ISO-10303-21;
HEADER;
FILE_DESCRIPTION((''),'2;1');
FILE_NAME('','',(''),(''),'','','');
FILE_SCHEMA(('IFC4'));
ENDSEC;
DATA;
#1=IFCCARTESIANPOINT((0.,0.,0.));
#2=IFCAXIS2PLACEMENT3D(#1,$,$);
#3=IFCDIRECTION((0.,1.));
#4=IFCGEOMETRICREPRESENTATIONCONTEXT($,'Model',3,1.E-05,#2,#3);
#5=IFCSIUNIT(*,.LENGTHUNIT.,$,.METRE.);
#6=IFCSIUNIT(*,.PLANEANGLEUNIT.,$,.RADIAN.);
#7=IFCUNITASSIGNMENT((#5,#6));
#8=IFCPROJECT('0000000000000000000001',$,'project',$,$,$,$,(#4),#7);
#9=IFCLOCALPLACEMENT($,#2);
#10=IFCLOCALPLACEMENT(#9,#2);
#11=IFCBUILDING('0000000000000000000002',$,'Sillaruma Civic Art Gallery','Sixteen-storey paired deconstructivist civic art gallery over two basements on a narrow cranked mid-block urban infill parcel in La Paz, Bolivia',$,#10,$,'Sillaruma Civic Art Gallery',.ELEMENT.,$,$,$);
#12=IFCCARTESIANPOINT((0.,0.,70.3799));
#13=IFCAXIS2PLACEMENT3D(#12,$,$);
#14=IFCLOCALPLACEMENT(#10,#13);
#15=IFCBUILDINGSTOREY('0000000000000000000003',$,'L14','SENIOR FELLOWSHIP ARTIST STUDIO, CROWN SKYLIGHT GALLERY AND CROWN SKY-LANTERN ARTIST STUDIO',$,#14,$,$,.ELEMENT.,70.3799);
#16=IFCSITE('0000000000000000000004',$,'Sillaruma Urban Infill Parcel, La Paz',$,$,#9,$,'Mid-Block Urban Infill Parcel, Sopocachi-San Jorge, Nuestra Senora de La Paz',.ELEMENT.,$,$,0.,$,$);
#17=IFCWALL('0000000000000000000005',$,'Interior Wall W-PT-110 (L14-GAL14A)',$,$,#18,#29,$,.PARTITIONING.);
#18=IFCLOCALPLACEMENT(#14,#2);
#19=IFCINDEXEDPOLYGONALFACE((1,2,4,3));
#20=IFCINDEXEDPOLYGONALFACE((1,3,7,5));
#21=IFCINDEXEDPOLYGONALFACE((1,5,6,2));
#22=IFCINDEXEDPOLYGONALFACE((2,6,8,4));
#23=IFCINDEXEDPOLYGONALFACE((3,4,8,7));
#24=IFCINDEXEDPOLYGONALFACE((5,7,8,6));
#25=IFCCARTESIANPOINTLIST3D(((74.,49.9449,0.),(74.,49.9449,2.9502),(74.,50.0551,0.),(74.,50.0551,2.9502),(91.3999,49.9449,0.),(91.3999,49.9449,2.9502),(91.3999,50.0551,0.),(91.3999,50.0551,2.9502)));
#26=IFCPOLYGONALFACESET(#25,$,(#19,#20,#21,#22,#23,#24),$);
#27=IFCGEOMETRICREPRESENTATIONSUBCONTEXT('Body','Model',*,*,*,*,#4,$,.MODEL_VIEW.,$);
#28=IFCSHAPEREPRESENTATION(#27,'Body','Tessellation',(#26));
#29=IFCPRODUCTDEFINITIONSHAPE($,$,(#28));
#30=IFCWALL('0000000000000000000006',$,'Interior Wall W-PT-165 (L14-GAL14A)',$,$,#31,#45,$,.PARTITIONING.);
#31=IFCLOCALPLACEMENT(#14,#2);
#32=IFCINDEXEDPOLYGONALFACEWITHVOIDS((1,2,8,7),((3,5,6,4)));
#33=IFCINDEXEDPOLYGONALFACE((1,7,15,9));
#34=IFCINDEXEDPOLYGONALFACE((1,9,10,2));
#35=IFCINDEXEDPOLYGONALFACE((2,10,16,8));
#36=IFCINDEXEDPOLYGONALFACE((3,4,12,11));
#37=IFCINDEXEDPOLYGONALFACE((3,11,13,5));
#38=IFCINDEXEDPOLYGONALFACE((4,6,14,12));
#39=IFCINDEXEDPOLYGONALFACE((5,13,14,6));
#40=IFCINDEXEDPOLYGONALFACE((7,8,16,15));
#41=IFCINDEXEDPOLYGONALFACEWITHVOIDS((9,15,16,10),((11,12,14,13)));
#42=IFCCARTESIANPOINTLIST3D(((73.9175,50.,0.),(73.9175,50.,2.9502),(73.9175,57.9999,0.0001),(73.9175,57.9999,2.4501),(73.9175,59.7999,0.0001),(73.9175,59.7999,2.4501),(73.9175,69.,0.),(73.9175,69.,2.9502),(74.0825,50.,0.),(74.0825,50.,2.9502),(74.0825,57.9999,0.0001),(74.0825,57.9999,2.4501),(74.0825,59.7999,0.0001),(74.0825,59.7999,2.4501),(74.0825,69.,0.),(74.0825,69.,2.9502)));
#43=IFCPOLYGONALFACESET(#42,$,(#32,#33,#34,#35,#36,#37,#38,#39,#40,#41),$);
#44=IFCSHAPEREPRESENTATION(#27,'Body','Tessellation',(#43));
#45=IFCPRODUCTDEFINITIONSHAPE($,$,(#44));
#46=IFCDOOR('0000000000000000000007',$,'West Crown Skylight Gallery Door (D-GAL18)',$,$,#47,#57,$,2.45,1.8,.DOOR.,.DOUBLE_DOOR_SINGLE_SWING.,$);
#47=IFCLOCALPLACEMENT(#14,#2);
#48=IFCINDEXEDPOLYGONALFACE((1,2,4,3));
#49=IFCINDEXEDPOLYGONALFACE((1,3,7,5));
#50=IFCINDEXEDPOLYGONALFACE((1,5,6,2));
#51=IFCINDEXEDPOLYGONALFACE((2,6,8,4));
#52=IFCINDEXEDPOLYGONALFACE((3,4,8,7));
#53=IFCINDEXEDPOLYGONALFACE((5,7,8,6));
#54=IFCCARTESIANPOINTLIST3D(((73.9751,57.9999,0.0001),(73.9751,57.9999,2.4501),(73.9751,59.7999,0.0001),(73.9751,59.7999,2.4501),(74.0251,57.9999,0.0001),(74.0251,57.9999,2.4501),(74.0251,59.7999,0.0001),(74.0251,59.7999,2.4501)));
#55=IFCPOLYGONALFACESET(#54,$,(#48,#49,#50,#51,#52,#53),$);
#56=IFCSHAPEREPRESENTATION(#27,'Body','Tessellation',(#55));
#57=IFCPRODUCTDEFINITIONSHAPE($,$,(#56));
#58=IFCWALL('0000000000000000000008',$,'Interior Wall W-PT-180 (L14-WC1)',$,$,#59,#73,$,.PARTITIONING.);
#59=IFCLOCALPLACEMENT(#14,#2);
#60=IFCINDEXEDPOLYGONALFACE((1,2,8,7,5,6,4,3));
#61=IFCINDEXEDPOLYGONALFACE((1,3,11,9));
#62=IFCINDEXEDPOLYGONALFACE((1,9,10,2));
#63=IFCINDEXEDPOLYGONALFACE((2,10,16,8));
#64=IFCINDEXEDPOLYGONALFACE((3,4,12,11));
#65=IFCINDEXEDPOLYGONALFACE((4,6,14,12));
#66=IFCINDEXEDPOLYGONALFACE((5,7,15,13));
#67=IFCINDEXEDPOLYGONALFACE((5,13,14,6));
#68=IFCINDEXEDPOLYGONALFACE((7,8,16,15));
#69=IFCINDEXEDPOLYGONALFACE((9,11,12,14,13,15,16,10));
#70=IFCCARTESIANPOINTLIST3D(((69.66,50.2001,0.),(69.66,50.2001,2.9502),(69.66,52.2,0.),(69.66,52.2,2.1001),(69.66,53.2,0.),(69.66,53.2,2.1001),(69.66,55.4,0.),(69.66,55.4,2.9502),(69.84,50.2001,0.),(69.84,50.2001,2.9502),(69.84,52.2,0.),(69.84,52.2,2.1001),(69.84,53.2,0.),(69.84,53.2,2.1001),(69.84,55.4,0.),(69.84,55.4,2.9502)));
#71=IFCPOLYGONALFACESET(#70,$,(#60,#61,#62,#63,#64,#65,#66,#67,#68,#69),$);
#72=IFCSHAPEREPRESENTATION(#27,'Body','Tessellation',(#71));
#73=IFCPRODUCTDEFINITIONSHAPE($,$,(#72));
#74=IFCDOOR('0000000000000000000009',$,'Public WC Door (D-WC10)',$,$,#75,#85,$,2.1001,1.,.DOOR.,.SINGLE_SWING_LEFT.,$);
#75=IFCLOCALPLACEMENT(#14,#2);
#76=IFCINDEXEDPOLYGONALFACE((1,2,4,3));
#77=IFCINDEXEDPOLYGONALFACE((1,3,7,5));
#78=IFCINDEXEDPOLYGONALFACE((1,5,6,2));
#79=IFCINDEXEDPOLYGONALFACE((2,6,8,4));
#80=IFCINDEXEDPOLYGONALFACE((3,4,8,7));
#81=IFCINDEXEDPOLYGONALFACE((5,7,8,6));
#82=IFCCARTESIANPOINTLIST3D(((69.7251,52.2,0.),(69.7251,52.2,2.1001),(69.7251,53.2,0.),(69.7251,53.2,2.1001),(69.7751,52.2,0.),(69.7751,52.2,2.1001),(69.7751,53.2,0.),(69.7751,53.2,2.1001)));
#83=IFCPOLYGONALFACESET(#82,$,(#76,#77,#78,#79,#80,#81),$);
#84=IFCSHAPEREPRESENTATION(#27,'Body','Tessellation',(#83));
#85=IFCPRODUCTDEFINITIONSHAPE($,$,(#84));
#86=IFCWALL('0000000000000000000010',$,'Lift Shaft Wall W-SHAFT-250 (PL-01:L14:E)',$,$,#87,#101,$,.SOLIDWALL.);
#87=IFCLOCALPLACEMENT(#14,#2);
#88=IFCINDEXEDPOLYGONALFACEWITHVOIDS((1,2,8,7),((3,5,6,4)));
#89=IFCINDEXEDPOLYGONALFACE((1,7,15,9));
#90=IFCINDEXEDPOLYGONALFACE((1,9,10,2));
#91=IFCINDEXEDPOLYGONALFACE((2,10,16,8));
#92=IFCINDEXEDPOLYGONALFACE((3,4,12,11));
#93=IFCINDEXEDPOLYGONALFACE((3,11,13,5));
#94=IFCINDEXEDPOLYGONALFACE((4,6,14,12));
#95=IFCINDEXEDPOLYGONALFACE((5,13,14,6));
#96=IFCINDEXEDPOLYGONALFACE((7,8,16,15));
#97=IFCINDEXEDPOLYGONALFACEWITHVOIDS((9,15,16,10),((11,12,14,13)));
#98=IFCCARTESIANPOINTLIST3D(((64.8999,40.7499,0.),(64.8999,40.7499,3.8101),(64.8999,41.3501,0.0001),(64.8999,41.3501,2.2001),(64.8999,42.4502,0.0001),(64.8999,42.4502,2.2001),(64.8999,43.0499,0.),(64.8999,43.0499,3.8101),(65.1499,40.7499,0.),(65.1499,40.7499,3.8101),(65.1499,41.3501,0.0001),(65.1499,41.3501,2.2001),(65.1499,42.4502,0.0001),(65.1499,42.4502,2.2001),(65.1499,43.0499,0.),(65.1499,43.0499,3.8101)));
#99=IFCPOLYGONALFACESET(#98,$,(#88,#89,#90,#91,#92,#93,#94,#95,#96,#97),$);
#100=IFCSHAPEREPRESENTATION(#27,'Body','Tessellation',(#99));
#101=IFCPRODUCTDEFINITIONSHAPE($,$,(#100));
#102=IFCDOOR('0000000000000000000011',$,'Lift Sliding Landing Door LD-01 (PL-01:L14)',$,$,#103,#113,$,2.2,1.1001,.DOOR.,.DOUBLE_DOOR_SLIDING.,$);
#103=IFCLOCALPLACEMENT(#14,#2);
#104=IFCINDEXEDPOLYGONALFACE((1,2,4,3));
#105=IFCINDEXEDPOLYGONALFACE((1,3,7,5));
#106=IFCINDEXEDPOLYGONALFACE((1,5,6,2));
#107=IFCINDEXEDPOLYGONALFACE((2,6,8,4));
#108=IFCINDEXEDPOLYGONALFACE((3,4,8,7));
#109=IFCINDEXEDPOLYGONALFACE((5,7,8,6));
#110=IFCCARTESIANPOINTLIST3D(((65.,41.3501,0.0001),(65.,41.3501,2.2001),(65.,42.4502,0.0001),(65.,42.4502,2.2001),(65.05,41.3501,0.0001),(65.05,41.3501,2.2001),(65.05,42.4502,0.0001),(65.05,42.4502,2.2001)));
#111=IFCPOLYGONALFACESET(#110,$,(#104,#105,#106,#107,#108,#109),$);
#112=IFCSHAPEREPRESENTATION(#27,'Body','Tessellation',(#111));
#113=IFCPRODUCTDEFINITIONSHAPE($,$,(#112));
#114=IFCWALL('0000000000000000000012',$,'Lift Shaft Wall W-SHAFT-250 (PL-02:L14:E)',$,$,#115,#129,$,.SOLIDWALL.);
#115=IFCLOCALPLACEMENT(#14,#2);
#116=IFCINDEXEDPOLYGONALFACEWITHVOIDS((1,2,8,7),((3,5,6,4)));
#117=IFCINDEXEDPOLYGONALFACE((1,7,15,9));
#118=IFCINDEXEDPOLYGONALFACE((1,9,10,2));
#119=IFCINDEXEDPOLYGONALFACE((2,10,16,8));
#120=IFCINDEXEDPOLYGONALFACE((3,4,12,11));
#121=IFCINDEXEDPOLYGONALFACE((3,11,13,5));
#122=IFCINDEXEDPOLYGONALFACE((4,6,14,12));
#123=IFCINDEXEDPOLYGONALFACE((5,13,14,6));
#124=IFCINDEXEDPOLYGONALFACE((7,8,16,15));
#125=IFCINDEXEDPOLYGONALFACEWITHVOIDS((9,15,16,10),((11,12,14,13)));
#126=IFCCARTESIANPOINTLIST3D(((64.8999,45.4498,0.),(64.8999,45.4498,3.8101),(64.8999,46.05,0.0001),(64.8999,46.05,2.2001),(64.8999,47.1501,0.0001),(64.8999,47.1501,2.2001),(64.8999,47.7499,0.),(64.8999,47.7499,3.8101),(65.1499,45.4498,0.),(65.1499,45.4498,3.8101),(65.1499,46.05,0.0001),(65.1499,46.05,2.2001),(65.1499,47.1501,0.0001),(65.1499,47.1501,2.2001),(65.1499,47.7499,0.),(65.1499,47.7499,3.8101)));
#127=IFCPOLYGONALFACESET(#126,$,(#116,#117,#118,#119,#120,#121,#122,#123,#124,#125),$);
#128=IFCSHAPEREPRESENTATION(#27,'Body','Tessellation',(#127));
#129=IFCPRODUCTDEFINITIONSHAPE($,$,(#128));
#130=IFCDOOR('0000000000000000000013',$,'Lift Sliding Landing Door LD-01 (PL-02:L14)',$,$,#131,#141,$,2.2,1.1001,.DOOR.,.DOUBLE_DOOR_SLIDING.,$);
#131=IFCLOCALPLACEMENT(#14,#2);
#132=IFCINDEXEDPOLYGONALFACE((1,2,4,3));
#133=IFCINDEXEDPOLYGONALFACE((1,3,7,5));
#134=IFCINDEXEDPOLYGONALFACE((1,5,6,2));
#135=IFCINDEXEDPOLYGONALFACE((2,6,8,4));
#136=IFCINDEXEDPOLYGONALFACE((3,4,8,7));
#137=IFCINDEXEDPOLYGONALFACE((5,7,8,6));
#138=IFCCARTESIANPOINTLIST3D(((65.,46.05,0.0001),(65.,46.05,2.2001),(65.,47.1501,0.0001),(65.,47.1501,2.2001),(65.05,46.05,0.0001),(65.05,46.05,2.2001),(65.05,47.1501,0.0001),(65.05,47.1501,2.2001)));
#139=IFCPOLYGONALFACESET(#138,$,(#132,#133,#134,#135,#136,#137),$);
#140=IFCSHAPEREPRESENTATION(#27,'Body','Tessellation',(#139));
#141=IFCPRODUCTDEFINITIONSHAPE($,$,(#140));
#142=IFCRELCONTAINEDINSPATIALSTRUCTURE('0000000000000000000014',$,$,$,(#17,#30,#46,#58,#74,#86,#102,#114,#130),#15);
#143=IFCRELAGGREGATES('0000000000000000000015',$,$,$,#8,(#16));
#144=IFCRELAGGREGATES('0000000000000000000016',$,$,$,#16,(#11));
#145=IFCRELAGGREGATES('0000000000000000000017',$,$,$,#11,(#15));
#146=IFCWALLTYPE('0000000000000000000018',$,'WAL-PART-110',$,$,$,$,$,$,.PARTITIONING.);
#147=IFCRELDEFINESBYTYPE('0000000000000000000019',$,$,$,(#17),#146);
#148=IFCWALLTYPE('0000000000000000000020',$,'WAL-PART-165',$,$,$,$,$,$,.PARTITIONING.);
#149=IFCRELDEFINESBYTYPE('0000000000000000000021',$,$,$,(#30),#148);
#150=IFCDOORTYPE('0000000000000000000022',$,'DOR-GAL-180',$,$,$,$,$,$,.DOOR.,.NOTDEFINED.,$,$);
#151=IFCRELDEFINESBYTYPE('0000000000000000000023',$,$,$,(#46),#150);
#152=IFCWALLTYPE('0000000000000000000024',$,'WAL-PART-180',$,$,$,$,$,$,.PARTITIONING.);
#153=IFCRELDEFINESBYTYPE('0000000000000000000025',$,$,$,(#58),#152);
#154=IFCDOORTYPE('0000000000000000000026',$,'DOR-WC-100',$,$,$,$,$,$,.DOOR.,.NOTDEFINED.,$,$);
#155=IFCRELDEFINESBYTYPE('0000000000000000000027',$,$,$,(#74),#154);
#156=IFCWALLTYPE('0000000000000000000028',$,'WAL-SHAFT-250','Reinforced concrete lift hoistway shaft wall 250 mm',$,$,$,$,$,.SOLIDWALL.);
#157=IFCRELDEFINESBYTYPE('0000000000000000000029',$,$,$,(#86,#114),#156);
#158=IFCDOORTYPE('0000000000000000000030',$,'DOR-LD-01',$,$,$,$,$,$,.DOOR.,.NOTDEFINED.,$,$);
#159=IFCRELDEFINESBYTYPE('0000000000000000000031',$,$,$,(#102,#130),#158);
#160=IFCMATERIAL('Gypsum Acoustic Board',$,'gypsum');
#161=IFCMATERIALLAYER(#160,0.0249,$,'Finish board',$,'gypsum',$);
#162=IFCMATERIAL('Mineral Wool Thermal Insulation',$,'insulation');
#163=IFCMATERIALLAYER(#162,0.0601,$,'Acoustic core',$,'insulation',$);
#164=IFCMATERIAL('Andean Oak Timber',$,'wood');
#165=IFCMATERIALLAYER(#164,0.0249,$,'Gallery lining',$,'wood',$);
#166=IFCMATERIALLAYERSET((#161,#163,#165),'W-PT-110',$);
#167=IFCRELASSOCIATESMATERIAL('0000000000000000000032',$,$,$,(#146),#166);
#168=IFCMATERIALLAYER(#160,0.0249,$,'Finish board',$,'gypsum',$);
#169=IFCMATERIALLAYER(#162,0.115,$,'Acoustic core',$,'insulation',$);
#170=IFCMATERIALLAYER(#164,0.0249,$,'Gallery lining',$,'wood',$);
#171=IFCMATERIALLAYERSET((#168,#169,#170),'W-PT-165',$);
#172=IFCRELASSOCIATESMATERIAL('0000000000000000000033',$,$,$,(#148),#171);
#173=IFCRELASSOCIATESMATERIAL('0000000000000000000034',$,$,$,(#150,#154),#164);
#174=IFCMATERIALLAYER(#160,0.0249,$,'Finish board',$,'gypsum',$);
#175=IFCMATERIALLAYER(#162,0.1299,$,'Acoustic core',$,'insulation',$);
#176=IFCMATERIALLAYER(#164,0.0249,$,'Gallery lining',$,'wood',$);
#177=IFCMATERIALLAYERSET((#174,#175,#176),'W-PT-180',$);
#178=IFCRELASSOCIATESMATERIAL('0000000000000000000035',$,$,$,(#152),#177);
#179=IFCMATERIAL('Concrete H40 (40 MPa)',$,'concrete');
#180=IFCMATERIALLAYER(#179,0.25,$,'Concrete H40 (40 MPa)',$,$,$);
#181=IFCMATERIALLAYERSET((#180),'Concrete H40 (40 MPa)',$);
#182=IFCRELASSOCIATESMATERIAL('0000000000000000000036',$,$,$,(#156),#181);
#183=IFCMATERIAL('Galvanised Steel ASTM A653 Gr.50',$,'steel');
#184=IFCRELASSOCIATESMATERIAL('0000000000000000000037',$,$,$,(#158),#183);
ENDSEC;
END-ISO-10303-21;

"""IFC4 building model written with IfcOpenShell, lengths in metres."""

from ifc_helpers import new_model, si_unit, direction, frame, frame_2d, origin, place, context, subcontext, project, spatial, rectangle, extrude, material, layer, layer_set, type_object, element, fill, save


model = new_model("IFC4")

# Units and contexts
model_context = context("Model", 3, precision=1e-05, world=origin(), true_north=direction((0.0, 1.0)))
body_context = subcontext(model_context, "Body", "Model", "MODEL_VIEW")
ifc_project = project(units=[si_unit("LENGTHUNIT", "METRE"), si_unit("PLANEANGLEUNIT", "RADIAN")], contexts=[model_context])

# Site, building, storey
site_placement = place(None, origin())
site = spatial("IfcSite", under=ifc_project, at=site_placement, Name="Sillaruma Urban Infill Parcel, La Paz", LongName="Mid-Block Urban Infill Parcel, Sopocachi-San Jorge, Nuestra Senora de La Paz", CompositionType="ELEMENT", RefElevation=0.0)
building_placement = place(site_placement, origin())
building = spatial("IfcBuilding", under=site, at=building_placement, Name="Sillaruma Civic Art Gallery", Description="Sixteen-storey paired deconstructivist civic art gallery over two basements on a narrow cranked mid-block urban infill parcel in La Paz, Bolivia", LongName="Sillaruma Civic Art Gallery", CompositionType="ELEMENT")
storey_placement = place(building_placement, frame((0.0, 0.0, 70.3799)))
storey = spatial("IfcBuildingStorey", under=building, at=storey_placement, Name="L14", Description="SENIOR FELLOWSHIP ARTIST STUDIO, CROWN SKYLIGHT GALLERY AND CROWN SKY-LANTERN ARTIST STUDIO", CompositionType="ELEMENT", Elevation=70.3799)

# Shared definitions
ifc_material_1 = material(Name="Concrete H40 (40 MPa)", Category="concrete")

# Wall
ifc_material_2 = material(Name="Gypsum Acoustic Board", Category="gypsum")
ifc_layer_1 = layer(ifc_material_2, 0.0249, Name="Finish board", Category="gypsum")
ifc_material_3 = material(Name="Mineral Wool Thermal Insulation", Category="insulation")
ifc_layer_2 = layer(ifc_material_3, 0.0601, Name="Acoustic core", Category="insulation")
ifc_material_4 = material(Name="Andean Oak Timber", Category="wood")
ifc_layer_3 = layer(ifc_material_4, 0.0249, Name="Gallery lining", Category="wood")
ifc_layer_set_1 = layer_set([ifc_layer_1, ifc_layer_2, ifc_layer_3], Name="W-PT-110")
wall_type_1 = type_object("IfcWallType", Name="WAL-PART-110", PredefinedType="PARTITIONING", material=ifc_layer_set_1)
wall_1_placement = place(storey_placement, frame((74.0, 50.0, 0.0), z_axis=(0.0, 0.0, 1.0), x_axis=(1.0, 0.0, 0.0)))
element("IfcWall", 1, at=wall_1_placement, inside=storey, type_object=wall_type_1, Name="Interior Wall W-PT-110 (L14-GAL14A)", PredefinedType="PARTITIONING", context=body_context, shape_type="SweptSolid", body=[
    extrude(rectangle(XDim=17.3999, YDim=0.1101, at=frame_2d((8.7, 0.0))), origin(), (0.0, 0.0, 1.0), 2.9502),
])

# Walls, openings, doors
ifc_layer_4 = layer(ifc_material_2, 0.0249, Name="Finish board", Category="gypsum")
ifc_layer_5 = layer(ifc_material_3, 0.115, Name="Acoustic core", Category="insulation")
ifc_layer_6 = layer(ifc_material_4, 0.0249, Name="Gallery lining", Category="wood")
ifc_layer_set_2 = layer_set([ifc_layer_4, ifc_layer_5, ifc_layer_6], Name="W-PT-165")
wall_type_2 = type_object("IfcWallType", Name="WAL-PART-165", PredefinedType="PARTITIONING", material=ifc_layer_set_2)
wall_2_placement = place(storey_placement, frame((74.0, 50.0, 0.0), z_axis=(0.0, 0.0, 1.0), x_axis=(0.0, 1.0, 0.0)))
wall_2 = element("IfcWall", 2, at=wall_2_placement, inside=storey, type_object=wall_type_2, Name="Interior Wall W-PT-165 (L14-GAL14A)", PredefinedType="PARTITIONING", context=body_context, shape_type="SweptSolid", body=[
    extrude(rectangle(XDim=19.0, YDim=0.165, at=frame_2d((9.5, 0.0))), origin(), (0.0, 0.0, 1.0), 2.9502),
])
opening_1_placement = place(wall_2_placement, frame((8.0, 0.0, 0.0)))
opening_1 = element("IfcOpeningElement", 3, at=opening_1_placement, cuts=wall_2, PredefinedType="OPENING", context=body_context, shape_type="SweptSolid", body=[
    extrude(rectangle(XDim=1.8, YDim=2.45, at=frame_2d((0.8999, 1.2251))), frame((0.0, 0.0925, 0.0), z_axis=(0.0, -1.0, 0.0), x_axis=(1.0, 0.0, 0.0)), (0.0, 0.0, 1.0), 0.1851),
])
door_type_1 = type_object("IfcDoorType", Name="DOR-GAL-180", OperationType="NOTDEFINED", PredefinedType="DOOR", material=ifc_material_4)
door_1_placement = place(opening_1_placement, origin())
door_1 = element("IfcDoor", 4, at=door_1_placement, inside=storey, type_object=door_type_1, Name="West Crown Skylight Gallery Door (D-GAL18)", OperationType="DOUBLE_DOOR_SINGLE_SWING", OverallHeight=2.45, OverallWidth=1.8, PredefinedType="DOOR", context=body_context, shape_type="SweptSolid", body=[
    extrude(rectangle(XDim=1.8, YDim=2.45, at=frame_2d((0.8999, 1.2251))), frame((0.0, 0.0249, 0.0), z_axis=(0.0, -1.0, 0.0), x_axis=(1.0, 0.0, 0.0)), (0.0, 0.0, 1.0), 0.05),
])
fill(opening_1, door_1)
ifc_layer_7 = layer(ifc_material_2, 0.0249, Name="Finish board", Category="gypsum")
ifc_layer_8 = layer(ifc_material_3, 0.1299, Name="Acoustic core", Category="insulation")
ifc_layer_9 = layer(ifc_material_4, 0.0249, Name="Gallery lining", Category="wood")
ifc_layer_set_3 = layer_set([ifc_layer_7, ifc_layer_8, ifc_layer_9], Name="W-PT-180")
wall_type_3 = type_object("IfcWallType", Name="WAL-PART-180", PredefinedType="PARTITIONING", material=ifc_layer_set_3)
wall_3_placement = place(storey_placement, frame((69.75, 50.2, 0.0), z_axis=(0.0, 0.0, 1.0), x_axis=(0.0, 1.0, 0.0)))
wall_3 = element("IfcWall", 5, at=wall_3_placement, inside=storey, type_object=wall_type_3, Name="Interior Wall W-PT-180 (L14-WC1)", PredefinedType="PARTITIONING", context=body_context, shape_type="SweptSolid", body=[
    extrude(rectangle(XDim=5.2, YDim=0.1799, at=frame_2d((2.6001, 0.0))), origin(), (0.0, 0.0, 1.0), 2.9502),
])
opening_2_placement = place(wall_3_placement, frame((2.0, 0.0, 0.0)))
opening_2 = element("IfcOpeningElement", 6, at=opening_2_placement, cuts=wall_3, PredefinedType="OPENING", context=body_context, shape_type="SweptSolid", body=[
    extrude(rectangle(XDim=1.0, YDim=2.1001, at=frame_2d((0.5, 1.05))), frame((0.0, 0.0999, 0.0), z_axis=(0.0, -1.0, 0.0), x_axis=(1.0, 0.0, 0.0)), (0.0, 0.0, 1.0), 0.2),
])
door_type_2 = type_object("IfcDoorType", Name="DOR-WC-100", OperationType="NOTDEFINED", PredefinedType="DOOR", material=ifc_material_4)
door_2_placement = place(opening_2_placement, origin())
door_2 = element("IfcDoor", 7, at=door_2_placement, inside=storey, type_object=door_type_2, Name="Public WC Door (D-WC10)", OperationType="SINGLE_SWING_LEFT", OverallHeight=2.1001, OverallWidth=1.0, PredefinedType="DOOR", context=body_context, shape_type="SweptSolid", body=[
    extrude(rectangle(XDim=1.0, YDim=2.1001, at=frame_2d((0.5, 1.05))), frame((0.0, 0.0249, 0.0), z_axis=(0.0, -1.0, 0.0), x_axis=(1.0, 0.0, 0.0)), (0.0, 0.0, 1.0), 0.05),
])
fill(opening_2, door_2)
ifc_layer_10 = layer(ifc_material_1, 0.25, Name="Concrete H40 (40 MPa)")
ifc_layer_set_4 = layer_set([ifc_layer_10], Name="Concrete H40 (40 MPa)")
wall_type_4 = type_object("IfcWallType", Name="WAL-SHAFT-250", Description="Reinforced concrete lift hoistway shaft wall 250 mm", PredefinedType="SOLIDWALL", material=ifc_layer_set_4)
wall_4_placement = place(storey_placement, frame((65.0249, 40.75, 0.0), z_axis=(0.0, 0.0, 1.0), x_axis=(0.0, 1.0, 0.0)))
wall_4 = element("IfcWall", 8, at=wall_4_placement, inside=storey, type_object=wall_type_4, Name="Lift Shaft Wall W-SHAFT-250 (PL-01:L14:E)", PredefinedType="SOLIDWALL", context=body_context, shape_type="SweptSolid", body=[
    extrude(rectangle(XDim=2.3, YDim=0.25, at=frame_2d((1.1499, 0.0))), origin(), (0.0, 0.0, 1.0), 3.8101),
])
opening_3_placement = place(wall_4_placement, frame((0.6001, 0.0, 0.0)))
opening_3 = element("IfcOpeningElement", 9, at=opening_3_placement, cuts=wall_4, PredefinedType="OPENING", context=body_context, shape_type="SweptSolid", body=[
    extrude(rectangle(XDim=1.1001, YDim=2.2, at=frame_2d((0.55, 1.1001))), frame((0.0, 0.135, 0.0), z_axis=(0.0, -1.0, 0.0), x_axis=(1.0, 0.0, 0.0)), (0.0, 0.0, 1.0), 0.27),
])
ifc_material_5 = material(Name="Galvanised Steel ASTM A653 Gr.50", Category="steel")
door_type_3 = type_object("IfcDoorType", Name="DOR-LD-01", OperationType="NOTDEFINED", PredefinedType="DOOR", material=ifc_material_5)
door_3_placement = place(opening_3_placement, origin())
door_3 = element("IfcDoor", 10, at=door_3_placement, inside=storey, type_object=door_type_3, Name="Lift Sliding Landing Door LD-01 (PL-01:L14)", OperationType="DOUBLE_DOOR_SLIDING", OverallHeight=2.2, OverallWidth=1.1001, PredefinedType="DOOR", context=body_context, shape_type="SweptSolid", body=[
    extrude(rectangle(XDim=1.1001, YDim=2.2, at=frame_2d((0.55, 1.1001))), frame((0.0, 0.0249, 0.0), z_axis=(0.0, -1.0, 0.0), x_axis=(1.0, 0.0, 0.0)), (0.0, 0.0, 1.0), 0.05),
])
fill(opening_3, door_3)
wall_5_placement = place(storey_placement, frame((65.0249, 45.45, 0.0), z_axis=(0.0, 0.0, 1.0), x_axis=(0.0, 1.0, 0.0)))
wall_5 = element("IfcWall", 11, at=wall_5_placement, inside=storey, type_object=wall_type_4, Name="Lift Shaft Wall W-SHAFT-250 (PL-02:L14:E)", PredefinedType="SOLIDWALL", context=body_context, shape_type="SweptSolid", body=[
    extrude(rectangle(XDim=2.3, YDim=0.25, at=frame_2d((1.1499, 0.0))), origin(), (0.0, 0.0, 1.0), 3.8101),
])
opening_4_placement = place(wall_5_placement, frame((0.6001, 0.0, 0.0)))
opening_4 = element("IfcOpeningElement", 12, at=opening_4_placement, cuts=wall_5, PredefinedType="OPENING", context=body_context, shape_type="SweptSolid", body=[
    extrude(rectangle(XDim=1.1001, YDim=2.2, at=frame_2d((0.55, 1.1001))), frame((0.0, 0.135, 0.0), z_axis=(0.0, -1.0, 0.0), x_axis=(1.0, 0.0, 0.0)), (0.0, 0.0, 1.0), 0.27),
])
door_4_placement = place(opening_4_placement, origin())
door_4 = element("IfcDoor", 13, at=door_4_placement, inside=storey, type_object=door_type_3, Name="Lift Sliding Landing Door LD-01 (PL-02:L14)", OperationType="DOUBLE_DOOR_SLIDING", OverallHeight=2.2, OverallWidth=1.1001, PredefinedType="DOOR", context=body_context, shape_type="SweptSolid", body=[
    extrude(rectangle(XDim=1.1001, YDim=2.2, at=frame_2d((0.55, 1.1001))), frame((0.0, 0.0249, 0.0), z_axis=(0.0, -1.0, 0.0), x_axis=(1.0, 0.0, 0.0)), (0.0, 0.0, 1.0), 0.05),
])
fill(opening_4, door_4)

save(model, "model.ifc")
